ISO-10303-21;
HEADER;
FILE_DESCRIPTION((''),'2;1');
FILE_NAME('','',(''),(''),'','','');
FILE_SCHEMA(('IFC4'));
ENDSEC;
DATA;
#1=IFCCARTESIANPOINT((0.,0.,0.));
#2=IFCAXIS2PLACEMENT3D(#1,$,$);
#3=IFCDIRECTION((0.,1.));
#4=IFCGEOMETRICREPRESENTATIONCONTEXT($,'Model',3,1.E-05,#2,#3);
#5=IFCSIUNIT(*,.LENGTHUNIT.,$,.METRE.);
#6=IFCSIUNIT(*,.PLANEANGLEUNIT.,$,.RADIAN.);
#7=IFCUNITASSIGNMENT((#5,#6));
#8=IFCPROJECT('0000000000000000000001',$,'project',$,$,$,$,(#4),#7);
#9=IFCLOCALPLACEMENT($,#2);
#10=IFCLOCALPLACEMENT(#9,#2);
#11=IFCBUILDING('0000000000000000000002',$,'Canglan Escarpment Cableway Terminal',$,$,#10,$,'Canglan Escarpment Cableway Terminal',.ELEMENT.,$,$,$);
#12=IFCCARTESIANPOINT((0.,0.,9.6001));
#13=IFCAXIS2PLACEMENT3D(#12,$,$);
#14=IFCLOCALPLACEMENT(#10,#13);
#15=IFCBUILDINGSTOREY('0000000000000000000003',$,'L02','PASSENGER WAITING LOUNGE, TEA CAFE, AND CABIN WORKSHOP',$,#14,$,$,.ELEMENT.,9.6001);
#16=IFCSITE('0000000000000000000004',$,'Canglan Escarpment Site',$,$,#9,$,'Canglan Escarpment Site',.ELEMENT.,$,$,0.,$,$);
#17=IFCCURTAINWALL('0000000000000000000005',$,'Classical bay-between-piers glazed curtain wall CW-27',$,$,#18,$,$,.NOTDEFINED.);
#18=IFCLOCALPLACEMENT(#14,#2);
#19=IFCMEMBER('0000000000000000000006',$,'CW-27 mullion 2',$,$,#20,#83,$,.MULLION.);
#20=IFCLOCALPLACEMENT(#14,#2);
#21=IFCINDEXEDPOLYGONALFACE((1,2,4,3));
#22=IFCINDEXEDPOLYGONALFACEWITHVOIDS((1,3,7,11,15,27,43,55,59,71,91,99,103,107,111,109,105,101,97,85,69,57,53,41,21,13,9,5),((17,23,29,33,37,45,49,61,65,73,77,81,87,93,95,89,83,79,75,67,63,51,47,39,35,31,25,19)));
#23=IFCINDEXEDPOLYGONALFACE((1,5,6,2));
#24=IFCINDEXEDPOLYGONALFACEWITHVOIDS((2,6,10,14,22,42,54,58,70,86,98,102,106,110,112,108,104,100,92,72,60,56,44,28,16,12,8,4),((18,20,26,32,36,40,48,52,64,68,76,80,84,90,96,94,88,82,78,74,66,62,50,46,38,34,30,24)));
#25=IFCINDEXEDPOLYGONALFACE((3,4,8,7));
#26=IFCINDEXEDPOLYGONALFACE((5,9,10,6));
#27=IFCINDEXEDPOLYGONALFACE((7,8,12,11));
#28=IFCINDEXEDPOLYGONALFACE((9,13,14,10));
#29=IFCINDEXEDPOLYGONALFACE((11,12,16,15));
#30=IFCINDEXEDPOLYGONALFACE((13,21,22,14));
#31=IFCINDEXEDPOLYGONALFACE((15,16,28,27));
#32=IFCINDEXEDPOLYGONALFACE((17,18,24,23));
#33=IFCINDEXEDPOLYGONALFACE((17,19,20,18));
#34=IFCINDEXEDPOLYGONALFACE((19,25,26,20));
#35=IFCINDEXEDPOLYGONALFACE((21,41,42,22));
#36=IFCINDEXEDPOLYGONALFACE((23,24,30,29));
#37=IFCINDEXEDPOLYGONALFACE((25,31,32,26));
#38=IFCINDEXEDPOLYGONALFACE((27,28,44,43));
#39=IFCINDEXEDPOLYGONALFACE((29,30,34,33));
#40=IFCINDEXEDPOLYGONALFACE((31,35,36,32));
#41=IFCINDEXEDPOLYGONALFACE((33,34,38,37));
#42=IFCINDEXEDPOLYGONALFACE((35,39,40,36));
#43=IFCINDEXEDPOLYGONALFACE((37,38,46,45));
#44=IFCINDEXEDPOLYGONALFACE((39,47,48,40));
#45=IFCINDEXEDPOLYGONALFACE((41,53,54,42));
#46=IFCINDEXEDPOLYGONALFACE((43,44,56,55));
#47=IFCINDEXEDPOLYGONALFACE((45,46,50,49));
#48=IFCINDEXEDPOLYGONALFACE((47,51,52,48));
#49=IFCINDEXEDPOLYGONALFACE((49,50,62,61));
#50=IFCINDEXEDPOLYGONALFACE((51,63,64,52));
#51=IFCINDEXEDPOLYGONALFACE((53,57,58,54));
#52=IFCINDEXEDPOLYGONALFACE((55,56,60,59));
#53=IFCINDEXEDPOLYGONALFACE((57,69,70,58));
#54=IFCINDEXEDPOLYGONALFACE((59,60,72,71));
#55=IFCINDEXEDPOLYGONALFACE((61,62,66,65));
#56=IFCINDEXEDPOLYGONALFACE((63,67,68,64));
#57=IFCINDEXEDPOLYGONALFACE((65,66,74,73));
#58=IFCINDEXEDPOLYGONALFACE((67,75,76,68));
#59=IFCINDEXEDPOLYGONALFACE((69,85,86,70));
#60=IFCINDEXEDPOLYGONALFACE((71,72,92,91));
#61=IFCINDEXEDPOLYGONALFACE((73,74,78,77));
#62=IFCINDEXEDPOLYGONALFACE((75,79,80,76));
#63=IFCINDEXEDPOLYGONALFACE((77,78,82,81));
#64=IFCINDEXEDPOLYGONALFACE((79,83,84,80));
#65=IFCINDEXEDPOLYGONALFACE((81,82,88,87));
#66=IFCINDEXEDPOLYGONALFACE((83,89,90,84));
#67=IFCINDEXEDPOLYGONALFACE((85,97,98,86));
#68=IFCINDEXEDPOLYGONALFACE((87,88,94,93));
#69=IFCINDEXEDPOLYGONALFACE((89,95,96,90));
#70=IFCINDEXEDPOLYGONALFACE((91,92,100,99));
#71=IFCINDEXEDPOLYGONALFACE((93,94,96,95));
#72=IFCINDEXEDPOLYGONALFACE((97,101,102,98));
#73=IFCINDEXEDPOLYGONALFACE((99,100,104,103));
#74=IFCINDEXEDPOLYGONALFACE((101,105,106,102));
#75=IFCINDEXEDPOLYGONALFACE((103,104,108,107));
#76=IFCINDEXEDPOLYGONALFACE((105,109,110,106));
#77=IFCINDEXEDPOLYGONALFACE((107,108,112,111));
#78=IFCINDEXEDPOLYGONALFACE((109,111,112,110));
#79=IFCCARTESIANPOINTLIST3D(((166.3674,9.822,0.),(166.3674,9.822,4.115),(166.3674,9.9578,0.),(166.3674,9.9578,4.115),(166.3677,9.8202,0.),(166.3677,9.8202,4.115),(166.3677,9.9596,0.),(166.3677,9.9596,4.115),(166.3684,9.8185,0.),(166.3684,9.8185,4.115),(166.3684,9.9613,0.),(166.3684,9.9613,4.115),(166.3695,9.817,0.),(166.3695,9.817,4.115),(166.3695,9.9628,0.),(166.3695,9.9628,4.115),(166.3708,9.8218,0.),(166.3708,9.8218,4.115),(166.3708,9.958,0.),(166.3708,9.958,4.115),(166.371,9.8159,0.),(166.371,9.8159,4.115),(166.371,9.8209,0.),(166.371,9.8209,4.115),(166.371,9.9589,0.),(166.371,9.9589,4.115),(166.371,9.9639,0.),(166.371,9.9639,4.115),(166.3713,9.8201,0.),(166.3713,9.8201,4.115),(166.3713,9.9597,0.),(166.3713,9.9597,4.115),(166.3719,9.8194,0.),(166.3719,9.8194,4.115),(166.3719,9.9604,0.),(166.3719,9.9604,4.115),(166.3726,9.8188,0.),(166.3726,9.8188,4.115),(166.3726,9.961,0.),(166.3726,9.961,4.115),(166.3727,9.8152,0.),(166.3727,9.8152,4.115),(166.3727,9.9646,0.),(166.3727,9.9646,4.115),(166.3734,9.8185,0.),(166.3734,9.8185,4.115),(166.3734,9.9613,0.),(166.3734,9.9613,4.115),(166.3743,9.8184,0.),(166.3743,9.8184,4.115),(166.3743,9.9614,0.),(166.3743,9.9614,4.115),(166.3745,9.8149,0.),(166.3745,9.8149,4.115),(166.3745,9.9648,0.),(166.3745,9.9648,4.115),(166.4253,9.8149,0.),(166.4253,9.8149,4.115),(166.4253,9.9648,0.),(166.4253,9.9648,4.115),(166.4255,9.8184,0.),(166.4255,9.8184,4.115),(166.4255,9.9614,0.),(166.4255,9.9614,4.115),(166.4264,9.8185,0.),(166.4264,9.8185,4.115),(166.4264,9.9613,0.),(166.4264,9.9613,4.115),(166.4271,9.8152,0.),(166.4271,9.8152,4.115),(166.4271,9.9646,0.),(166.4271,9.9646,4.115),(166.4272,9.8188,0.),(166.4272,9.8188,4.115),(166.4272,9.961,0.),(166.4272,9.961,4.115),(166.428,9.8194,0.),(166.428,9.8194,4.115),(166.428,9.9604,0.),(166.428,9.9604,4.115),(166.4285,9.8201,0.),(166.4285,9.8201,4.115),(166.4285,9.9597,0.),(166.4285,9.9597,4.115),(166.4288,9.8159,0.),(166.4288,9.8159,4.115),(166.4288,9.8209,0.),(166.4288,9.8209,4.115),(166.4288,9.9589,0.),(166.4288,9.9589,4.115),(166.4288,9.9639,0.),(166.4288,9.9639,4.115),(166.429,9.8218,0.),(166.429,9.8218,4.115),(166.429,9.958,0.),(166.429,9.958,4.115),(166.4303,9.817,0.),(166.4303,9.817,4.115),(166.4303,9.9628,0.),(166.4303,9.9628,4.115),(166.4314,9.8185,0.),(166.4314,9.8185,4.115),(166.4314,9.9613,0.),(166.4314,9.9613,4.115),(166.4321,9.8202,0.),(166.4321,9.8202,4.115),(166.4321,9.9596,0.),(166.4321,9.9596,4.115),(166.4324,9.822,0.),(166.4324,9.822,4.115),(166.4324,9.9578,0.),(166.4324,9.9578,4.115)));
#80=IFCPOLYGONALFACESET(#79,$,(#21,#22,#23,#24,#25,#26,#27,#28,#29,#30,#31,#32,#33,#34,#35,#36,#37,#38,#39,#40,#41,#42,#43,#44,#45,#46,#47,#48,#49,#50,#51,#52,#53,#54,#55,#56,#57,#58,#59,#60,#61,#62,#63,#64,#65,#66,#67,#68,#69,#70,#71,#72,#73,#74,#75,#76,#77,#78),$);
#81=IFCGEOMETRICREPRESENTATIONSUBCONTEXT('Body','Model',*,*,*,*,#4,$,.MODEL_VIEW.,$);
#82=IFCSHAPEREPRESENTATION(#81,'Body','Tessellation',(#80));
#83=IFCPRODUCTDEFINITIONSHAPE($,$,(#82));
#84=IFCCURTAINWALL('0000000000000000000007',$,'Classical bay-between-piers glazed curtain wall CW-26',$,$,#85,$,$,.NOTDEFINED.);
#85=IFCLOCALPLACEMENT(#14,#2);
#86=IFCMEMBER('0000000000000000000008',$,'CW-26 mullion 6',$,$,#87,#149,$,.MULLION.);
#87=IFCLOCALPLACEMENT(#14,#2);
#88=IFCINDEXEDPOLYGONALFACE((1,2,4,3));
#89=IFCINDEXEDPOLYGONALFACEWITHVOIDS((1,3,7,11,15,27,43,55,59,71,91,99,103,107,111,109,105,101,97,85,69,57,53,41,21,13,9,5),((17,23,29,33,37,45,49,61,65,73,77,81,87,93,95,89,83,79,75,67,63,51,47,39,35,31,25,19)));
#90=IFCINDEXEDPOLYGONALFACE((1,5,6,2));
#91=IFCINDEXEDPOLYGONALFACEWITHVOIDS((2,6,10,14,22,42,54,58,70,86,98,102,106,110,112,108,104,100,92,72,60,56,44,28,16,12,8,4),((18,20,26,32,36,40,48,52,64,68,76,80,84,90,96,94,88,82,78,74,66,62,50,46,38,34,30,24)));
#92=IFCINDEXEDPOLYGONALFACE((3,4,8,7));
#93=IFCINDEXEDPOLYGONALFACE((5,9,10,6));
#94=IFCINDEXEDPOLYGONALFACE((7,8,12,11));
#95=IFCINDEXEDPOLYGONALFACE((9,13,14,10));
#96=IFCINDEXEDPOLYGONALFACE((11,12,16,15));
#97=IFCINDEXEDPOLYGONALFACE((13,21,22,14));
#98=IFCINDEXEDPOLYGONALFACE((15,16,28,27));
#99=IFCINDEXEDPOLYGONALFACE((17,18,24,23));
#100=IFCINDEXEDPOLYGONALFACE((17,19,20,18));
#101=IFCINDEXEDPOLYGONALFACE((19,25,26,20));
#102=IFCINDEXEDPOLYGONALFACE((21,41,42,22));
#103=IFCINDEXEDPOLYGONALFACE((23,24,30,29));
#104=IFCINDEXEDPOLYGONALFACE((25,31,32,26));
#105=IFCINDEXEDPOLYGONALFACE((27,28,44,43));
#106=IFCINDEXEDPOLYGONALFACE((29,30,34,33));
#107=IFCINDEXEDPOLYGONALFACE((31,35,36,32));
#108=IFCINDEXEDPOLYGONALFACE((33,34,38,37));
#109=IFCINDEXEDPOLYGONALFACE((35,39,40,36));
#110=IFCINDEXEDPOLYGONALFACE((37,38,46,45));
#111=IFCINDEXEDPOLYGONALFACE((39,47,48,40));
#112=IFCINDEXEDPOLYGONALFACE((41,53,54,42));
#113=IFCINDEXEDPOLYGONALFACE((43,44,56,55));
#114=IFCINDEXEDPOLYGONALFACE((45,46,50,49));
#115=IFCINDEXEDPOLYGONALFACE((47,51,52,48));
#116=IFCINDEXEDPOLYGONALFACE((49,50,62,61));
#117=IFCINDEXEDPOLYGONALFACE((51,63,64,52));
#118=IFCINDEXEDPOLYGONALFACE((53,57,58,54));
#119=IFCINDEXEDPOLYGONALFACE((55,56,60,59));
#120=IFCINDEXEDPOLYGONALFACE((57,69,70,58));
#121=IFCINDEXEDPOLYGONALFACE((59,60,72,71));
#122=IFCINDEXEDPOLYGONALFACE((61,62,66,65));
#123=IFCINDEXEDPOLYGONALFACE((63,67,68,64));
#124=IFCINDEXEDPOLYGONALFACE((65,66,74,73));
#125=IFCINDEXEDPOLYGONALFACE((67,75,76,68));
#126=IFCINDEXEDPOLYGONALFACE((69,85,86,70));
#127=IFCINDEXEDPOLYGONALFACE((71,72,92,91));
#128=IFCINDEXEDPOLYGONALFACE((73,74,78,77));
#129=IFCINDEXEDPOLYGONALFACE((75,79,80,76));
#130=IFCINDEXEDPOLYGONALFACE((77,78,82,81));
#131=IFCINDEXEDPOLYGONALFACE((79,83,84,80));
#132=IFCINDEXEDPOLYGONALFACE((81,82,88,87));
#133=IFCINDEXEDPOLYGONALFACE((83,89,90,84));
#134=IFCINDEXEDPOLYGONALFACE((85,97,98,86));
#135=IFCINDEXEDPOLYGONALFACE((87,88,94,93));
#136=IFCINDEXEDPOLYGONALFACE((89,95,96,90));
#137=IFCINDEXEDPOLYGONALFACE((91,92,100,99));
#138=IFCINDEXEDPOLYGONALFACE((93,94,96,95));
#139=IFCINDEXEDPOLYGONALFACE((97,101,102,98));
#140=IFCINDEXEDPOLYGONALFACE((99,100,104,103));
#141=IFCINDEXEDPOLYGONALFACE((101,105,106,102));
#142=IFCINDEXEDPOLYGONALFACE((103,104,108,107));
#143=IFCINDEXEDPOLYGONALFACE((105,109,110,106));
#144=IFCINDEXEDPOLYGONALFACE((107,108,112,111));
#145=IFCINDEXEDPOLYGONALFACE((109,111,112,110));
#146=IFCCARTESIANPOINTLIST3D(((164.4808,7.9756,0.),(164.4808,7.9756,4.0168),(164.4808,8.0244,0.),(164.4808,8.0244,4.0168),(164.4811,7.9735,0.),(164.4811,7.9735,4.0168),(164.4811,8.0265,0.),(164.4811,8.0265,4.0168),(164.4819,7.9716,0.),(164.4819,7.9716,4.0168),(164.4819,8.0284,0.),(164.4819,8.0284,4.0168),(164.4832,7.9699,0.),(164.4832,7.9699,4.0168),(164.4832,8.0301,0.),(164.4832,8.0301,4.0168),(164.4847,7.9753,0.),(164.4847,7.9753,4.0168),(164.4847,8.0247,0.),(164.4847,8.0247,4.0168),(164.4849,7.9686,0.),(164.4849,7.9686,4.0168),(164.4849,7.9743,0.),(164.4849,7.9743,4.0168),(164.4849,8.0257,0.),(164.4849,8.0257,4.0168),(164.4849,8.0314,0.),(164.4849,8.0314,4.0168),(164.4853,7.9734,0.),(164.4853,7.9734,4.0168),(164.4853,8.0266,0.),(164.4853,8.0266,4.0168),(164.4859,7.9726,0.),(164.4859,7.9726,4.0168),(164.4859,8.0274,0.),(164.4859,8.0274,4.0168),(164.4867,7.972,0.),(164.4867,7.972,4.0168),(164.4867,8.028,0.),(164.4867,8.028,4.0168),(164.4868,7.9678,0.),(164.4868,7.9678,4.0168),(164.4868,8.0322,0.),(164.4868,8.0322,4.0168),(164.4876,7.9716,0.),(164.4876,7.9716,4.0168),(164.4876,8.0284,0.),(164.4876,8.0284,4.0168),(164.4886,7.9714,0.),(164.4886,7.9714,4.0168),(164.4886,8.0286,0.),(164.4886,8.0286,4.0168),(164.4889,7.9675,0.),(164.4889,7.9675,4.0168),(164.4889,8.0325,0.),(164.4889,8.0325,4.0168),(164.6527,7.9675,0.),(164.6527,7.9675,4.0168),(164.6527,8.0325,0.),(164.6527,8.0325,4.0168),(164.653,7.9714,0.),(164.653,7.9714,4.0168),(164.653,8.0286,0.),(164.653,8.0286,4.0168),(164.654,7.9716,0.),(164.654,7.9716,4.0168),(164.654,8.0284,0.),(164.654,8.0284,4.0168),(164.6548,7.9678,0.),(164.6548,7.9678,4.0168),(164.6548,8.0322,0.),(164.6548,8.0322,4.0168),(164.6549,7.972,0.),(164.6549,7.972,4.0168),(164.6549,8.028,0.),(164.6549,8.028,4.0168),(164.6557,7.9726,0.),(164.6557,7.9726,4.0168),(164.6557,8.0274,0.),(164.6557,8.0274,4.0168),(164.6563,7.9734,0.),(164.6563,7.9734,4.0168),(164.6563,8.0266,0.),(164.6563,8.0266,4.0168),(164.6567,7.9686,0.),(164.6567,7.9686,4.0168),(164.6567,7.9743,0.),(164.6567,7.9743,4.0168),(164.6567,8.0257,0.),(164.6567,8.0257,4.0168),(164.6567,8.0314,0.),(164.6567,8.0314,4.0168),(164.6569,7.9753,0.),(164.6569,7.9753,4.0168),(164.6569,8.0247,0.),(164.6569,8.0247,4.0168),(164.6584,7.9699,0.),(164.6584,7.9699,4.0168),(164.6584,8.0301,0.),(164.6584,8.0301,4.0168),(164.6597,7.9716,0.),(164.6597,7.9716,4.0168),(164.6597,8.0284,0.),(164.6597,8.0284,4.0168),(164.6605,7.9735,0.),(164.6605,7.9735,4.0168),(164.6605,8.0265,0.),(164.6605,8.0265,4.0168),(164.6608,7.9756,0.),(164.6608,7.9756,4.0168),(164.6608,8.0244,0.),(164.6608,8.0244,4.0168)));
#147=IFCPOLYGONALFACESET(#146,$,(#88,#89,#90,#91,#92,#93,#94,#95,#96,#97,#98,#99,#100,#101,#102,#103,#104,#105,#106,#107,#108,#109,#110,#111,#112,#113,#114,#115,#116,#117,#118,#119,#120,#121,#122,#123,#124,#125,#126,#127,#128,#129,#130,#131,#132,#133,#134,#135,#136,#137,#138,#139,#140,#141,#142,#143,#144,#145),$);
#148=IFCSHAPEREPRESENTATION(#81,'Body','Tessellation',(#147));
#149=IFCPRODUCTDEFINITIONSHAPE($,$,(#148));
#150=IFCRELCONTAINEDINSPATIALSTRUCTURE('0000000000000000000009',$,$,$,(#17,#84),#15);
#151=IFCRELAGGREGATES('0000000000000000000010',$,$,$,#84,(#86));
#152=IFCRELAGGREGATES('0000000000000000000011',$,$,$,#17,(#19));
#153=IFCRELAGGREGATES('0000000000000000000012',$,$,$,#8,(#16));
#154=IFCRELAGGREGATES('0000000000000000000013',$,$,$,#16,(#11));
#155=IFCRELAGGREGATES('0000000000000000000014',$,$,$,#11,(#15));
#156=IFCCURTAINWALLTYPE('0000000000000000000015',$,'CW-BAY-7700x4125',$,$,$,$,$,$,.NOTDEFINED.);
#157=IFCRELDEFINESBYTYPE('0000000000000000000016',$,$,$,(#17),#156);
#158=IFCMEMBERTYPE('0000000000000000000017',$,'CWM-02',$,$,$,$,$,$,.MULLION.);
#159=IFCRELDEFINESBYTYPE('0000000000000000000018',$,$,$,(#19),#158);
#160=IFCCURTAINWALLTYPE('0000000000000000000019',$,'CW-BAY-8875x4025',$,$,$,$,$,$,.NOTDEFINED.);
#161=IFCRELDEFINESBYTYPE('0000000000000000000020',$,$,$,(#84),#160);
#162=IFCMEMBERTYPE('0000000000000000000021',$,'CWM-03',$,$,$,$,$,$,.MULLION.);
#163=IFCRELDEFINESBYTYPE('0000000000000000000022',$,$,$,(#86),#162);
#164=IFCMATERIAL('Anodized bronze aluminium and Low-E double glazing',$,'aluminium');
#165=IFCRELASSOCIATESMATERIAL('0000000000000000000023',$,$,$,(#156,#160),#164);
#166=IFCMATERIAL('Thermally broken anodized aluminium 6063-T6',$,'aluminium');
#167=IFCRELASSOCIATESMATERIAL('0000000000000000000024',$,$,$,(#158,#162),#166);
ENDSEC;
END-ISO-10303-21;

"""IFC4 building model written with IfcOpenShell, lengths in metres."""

from ifc_helpers import new_model, si_unit, direction, frame, origin, origin_2d, place, context, subcontext, project, spatial, hollow_rectangle, extrude, material, material_profile, profile_set, type_object, element, aggregate, save


model = new_model("IFC4")

# Units and contexts
model_context = context("Model", 3, precision=1e-05, world=origin(), true_north=direction((0.0, 1.0)))
body_context = subcontext(model_context, "Body", "Model", "MODEL_VIEW")
ifc_project = project(units=[si_unit("LENGTHUNIT", "METRE"), si_unit("PLANEANGLEUNIT", "RADIAN")], contexts=[model_context])

# Site, building, storey
site_placement = place(None, origin())
site = spatial("IfcSite", under=ifc_project, at=site_placement, Name="Canglan Escarpment Site", LongName="Canglan Escarpment Site", CompositionType="ELEMENT", RefElevation=0.0)
building_placement = place(site_placement, origin())
building = spatial("IfcBuilding", under=site, at=building_placement, Name="Canglan Escarpment Cableway Terminal", LongName="Canglan Escarpment Cableway Terminal", CompositionType="ELEMENT")
storey_placement = place(building_placement, frame((0.0, 0.0, 9.6001)))
storey = spatial("IfcBuildingStorey", under=building, at=storey_placement, Name="L02", Description="PASSENGER WAITING LOUNGE, TEA CAFE, AND CABIN WORKSHOP", CompositionType="ELEMENT", Elevation=9.6001)

# Curtain walls, members
ifc_material_1 = material(Name="Anodized bronze aluminium and Low-E double glazing", Category="aluminium")
curtain_wall_type_1 = type_object("IfcCurtainWallType", Name="CW-BAY-7700x4125", PredefinedType="NOTDEFINED", material=ifc_material_1)
curtain_wall_1_placement = place(storey_placement, origin())
curtain_wall_1 = element("IfcCurtainWall", 1, at=curtain_wall_1_placement, inside=storey, type_object=curtain_wall_type_1, Name="Classical bay-between-piers glazed curtain wall CW-27", PredefinedType="NOTDEFINED")
ifc_material_2 = material(Name="Thermally broken anodized aluminium 6063-T6", Category="aluminium")
ifc_material_profile_1 = material_profile(ifc_material_2, hollow_rectangle(XDim=0.0649, YDim=0.1499, WallThickness=0.0034, InnerFilletRadius=0.0034, OuterFilletRadius=0.0071, at=origin_2d()), Name="ALU-MULL 65x150x3.5")
ifc_profile_set_1 = profile_set([ifc_material_profile_1], Name="Thermally broken anodized aluminium 6063-T6")
member_type_1 = type_object("IfcMemberType", Name="CWM-02", PredefinedType="MULLION", material=ifc_profile_set_1)
member_1_placement = place(storey_placement, frame((166.3999, 9.8899, 0.0), z_axis=(0.0, 0.0, 1.0), x_axis=(-1.0, 0.0, 0.0)))
member_1 = element("IfcMember", 2, at=member_1_placement, type_object=member_type_1, Name="CW-27 mullion 2", PredefinedType="MULLION", context=body_context, shape_type="SweptSolid", body=[
    extrude(hollow_rectangle(XDim=0.0649, YDim=0.1499, WallThickness=0.0034, InnerFilletRadius=0.0034, OuterFilletRadius=0.0071, at=origin_2d()), origin(), (0.0, 0.0, 1.0), 4.115),
])
curtain_wall_type_2 = type_object("IfcCurtainWallType", Name="CW-BAY-8875x4025", PredefinedType="NOTDEFINED", material=ifc_material_1)
curtain_wall_2_placement = place(storey_placement, origin())
curtain_wall_2 = element("IfcCurtainWall", 3, at=curtain_wall_2_placement, inside=storey, type_object=curtain_wall_type_2, Name="Classical bay-between-piers glazed curtain wall CW-26", PredefinedType="NOTDEFINED")
ifc_material_profile_2 = material_profile(ifc_material_2, hollow_rectangle(XDim=0.0649, YDim=0.1799, WallThickness=0.0039, InnerFilletRadius=0.0039, OuterFilletRadius=0.0081, at=origin_2d()), Name="ALU-MULL 65x180x4")
ifc_profile_set_2 = profile_set([ifc_material_profile_2], Name="Thermally broken anodized aluminium 6063-T6")
member_type_2 = type_object("IfcMemberType", Name="CWM-03", PredefinedType="MULLION", material=ifc_profile_set_2)
member_2_placement = place(storey_placement, frame((164.5708, 8.0, 0.0), z_axis=(0.0, 0.0, 1.0), x_axis=(0.0, 1.0, 0.0)))
member_2 = element("IfcMember", 4, at=member_2_placement, type_object=member_type_2, Name="CW-26 mullion 6", PredefinedType="MULLION", context=body_context, shape_type="SweptSolid", body=[
    extrude(hollow_rectangle(XDim=0.0649, YDim=0.1799, WallThickness=0.0039, InnerFilletRadius=0.0039, OuterFilletRadius=0.0081, at=origin_2d()), origin(), (0.0, 0.0, 1.0), 4.0168),
])

aggregate(curtain_wall_2, [member_2])
aggregate(curtain_wall_1, [member_1])

save(model, "model.ifc")
